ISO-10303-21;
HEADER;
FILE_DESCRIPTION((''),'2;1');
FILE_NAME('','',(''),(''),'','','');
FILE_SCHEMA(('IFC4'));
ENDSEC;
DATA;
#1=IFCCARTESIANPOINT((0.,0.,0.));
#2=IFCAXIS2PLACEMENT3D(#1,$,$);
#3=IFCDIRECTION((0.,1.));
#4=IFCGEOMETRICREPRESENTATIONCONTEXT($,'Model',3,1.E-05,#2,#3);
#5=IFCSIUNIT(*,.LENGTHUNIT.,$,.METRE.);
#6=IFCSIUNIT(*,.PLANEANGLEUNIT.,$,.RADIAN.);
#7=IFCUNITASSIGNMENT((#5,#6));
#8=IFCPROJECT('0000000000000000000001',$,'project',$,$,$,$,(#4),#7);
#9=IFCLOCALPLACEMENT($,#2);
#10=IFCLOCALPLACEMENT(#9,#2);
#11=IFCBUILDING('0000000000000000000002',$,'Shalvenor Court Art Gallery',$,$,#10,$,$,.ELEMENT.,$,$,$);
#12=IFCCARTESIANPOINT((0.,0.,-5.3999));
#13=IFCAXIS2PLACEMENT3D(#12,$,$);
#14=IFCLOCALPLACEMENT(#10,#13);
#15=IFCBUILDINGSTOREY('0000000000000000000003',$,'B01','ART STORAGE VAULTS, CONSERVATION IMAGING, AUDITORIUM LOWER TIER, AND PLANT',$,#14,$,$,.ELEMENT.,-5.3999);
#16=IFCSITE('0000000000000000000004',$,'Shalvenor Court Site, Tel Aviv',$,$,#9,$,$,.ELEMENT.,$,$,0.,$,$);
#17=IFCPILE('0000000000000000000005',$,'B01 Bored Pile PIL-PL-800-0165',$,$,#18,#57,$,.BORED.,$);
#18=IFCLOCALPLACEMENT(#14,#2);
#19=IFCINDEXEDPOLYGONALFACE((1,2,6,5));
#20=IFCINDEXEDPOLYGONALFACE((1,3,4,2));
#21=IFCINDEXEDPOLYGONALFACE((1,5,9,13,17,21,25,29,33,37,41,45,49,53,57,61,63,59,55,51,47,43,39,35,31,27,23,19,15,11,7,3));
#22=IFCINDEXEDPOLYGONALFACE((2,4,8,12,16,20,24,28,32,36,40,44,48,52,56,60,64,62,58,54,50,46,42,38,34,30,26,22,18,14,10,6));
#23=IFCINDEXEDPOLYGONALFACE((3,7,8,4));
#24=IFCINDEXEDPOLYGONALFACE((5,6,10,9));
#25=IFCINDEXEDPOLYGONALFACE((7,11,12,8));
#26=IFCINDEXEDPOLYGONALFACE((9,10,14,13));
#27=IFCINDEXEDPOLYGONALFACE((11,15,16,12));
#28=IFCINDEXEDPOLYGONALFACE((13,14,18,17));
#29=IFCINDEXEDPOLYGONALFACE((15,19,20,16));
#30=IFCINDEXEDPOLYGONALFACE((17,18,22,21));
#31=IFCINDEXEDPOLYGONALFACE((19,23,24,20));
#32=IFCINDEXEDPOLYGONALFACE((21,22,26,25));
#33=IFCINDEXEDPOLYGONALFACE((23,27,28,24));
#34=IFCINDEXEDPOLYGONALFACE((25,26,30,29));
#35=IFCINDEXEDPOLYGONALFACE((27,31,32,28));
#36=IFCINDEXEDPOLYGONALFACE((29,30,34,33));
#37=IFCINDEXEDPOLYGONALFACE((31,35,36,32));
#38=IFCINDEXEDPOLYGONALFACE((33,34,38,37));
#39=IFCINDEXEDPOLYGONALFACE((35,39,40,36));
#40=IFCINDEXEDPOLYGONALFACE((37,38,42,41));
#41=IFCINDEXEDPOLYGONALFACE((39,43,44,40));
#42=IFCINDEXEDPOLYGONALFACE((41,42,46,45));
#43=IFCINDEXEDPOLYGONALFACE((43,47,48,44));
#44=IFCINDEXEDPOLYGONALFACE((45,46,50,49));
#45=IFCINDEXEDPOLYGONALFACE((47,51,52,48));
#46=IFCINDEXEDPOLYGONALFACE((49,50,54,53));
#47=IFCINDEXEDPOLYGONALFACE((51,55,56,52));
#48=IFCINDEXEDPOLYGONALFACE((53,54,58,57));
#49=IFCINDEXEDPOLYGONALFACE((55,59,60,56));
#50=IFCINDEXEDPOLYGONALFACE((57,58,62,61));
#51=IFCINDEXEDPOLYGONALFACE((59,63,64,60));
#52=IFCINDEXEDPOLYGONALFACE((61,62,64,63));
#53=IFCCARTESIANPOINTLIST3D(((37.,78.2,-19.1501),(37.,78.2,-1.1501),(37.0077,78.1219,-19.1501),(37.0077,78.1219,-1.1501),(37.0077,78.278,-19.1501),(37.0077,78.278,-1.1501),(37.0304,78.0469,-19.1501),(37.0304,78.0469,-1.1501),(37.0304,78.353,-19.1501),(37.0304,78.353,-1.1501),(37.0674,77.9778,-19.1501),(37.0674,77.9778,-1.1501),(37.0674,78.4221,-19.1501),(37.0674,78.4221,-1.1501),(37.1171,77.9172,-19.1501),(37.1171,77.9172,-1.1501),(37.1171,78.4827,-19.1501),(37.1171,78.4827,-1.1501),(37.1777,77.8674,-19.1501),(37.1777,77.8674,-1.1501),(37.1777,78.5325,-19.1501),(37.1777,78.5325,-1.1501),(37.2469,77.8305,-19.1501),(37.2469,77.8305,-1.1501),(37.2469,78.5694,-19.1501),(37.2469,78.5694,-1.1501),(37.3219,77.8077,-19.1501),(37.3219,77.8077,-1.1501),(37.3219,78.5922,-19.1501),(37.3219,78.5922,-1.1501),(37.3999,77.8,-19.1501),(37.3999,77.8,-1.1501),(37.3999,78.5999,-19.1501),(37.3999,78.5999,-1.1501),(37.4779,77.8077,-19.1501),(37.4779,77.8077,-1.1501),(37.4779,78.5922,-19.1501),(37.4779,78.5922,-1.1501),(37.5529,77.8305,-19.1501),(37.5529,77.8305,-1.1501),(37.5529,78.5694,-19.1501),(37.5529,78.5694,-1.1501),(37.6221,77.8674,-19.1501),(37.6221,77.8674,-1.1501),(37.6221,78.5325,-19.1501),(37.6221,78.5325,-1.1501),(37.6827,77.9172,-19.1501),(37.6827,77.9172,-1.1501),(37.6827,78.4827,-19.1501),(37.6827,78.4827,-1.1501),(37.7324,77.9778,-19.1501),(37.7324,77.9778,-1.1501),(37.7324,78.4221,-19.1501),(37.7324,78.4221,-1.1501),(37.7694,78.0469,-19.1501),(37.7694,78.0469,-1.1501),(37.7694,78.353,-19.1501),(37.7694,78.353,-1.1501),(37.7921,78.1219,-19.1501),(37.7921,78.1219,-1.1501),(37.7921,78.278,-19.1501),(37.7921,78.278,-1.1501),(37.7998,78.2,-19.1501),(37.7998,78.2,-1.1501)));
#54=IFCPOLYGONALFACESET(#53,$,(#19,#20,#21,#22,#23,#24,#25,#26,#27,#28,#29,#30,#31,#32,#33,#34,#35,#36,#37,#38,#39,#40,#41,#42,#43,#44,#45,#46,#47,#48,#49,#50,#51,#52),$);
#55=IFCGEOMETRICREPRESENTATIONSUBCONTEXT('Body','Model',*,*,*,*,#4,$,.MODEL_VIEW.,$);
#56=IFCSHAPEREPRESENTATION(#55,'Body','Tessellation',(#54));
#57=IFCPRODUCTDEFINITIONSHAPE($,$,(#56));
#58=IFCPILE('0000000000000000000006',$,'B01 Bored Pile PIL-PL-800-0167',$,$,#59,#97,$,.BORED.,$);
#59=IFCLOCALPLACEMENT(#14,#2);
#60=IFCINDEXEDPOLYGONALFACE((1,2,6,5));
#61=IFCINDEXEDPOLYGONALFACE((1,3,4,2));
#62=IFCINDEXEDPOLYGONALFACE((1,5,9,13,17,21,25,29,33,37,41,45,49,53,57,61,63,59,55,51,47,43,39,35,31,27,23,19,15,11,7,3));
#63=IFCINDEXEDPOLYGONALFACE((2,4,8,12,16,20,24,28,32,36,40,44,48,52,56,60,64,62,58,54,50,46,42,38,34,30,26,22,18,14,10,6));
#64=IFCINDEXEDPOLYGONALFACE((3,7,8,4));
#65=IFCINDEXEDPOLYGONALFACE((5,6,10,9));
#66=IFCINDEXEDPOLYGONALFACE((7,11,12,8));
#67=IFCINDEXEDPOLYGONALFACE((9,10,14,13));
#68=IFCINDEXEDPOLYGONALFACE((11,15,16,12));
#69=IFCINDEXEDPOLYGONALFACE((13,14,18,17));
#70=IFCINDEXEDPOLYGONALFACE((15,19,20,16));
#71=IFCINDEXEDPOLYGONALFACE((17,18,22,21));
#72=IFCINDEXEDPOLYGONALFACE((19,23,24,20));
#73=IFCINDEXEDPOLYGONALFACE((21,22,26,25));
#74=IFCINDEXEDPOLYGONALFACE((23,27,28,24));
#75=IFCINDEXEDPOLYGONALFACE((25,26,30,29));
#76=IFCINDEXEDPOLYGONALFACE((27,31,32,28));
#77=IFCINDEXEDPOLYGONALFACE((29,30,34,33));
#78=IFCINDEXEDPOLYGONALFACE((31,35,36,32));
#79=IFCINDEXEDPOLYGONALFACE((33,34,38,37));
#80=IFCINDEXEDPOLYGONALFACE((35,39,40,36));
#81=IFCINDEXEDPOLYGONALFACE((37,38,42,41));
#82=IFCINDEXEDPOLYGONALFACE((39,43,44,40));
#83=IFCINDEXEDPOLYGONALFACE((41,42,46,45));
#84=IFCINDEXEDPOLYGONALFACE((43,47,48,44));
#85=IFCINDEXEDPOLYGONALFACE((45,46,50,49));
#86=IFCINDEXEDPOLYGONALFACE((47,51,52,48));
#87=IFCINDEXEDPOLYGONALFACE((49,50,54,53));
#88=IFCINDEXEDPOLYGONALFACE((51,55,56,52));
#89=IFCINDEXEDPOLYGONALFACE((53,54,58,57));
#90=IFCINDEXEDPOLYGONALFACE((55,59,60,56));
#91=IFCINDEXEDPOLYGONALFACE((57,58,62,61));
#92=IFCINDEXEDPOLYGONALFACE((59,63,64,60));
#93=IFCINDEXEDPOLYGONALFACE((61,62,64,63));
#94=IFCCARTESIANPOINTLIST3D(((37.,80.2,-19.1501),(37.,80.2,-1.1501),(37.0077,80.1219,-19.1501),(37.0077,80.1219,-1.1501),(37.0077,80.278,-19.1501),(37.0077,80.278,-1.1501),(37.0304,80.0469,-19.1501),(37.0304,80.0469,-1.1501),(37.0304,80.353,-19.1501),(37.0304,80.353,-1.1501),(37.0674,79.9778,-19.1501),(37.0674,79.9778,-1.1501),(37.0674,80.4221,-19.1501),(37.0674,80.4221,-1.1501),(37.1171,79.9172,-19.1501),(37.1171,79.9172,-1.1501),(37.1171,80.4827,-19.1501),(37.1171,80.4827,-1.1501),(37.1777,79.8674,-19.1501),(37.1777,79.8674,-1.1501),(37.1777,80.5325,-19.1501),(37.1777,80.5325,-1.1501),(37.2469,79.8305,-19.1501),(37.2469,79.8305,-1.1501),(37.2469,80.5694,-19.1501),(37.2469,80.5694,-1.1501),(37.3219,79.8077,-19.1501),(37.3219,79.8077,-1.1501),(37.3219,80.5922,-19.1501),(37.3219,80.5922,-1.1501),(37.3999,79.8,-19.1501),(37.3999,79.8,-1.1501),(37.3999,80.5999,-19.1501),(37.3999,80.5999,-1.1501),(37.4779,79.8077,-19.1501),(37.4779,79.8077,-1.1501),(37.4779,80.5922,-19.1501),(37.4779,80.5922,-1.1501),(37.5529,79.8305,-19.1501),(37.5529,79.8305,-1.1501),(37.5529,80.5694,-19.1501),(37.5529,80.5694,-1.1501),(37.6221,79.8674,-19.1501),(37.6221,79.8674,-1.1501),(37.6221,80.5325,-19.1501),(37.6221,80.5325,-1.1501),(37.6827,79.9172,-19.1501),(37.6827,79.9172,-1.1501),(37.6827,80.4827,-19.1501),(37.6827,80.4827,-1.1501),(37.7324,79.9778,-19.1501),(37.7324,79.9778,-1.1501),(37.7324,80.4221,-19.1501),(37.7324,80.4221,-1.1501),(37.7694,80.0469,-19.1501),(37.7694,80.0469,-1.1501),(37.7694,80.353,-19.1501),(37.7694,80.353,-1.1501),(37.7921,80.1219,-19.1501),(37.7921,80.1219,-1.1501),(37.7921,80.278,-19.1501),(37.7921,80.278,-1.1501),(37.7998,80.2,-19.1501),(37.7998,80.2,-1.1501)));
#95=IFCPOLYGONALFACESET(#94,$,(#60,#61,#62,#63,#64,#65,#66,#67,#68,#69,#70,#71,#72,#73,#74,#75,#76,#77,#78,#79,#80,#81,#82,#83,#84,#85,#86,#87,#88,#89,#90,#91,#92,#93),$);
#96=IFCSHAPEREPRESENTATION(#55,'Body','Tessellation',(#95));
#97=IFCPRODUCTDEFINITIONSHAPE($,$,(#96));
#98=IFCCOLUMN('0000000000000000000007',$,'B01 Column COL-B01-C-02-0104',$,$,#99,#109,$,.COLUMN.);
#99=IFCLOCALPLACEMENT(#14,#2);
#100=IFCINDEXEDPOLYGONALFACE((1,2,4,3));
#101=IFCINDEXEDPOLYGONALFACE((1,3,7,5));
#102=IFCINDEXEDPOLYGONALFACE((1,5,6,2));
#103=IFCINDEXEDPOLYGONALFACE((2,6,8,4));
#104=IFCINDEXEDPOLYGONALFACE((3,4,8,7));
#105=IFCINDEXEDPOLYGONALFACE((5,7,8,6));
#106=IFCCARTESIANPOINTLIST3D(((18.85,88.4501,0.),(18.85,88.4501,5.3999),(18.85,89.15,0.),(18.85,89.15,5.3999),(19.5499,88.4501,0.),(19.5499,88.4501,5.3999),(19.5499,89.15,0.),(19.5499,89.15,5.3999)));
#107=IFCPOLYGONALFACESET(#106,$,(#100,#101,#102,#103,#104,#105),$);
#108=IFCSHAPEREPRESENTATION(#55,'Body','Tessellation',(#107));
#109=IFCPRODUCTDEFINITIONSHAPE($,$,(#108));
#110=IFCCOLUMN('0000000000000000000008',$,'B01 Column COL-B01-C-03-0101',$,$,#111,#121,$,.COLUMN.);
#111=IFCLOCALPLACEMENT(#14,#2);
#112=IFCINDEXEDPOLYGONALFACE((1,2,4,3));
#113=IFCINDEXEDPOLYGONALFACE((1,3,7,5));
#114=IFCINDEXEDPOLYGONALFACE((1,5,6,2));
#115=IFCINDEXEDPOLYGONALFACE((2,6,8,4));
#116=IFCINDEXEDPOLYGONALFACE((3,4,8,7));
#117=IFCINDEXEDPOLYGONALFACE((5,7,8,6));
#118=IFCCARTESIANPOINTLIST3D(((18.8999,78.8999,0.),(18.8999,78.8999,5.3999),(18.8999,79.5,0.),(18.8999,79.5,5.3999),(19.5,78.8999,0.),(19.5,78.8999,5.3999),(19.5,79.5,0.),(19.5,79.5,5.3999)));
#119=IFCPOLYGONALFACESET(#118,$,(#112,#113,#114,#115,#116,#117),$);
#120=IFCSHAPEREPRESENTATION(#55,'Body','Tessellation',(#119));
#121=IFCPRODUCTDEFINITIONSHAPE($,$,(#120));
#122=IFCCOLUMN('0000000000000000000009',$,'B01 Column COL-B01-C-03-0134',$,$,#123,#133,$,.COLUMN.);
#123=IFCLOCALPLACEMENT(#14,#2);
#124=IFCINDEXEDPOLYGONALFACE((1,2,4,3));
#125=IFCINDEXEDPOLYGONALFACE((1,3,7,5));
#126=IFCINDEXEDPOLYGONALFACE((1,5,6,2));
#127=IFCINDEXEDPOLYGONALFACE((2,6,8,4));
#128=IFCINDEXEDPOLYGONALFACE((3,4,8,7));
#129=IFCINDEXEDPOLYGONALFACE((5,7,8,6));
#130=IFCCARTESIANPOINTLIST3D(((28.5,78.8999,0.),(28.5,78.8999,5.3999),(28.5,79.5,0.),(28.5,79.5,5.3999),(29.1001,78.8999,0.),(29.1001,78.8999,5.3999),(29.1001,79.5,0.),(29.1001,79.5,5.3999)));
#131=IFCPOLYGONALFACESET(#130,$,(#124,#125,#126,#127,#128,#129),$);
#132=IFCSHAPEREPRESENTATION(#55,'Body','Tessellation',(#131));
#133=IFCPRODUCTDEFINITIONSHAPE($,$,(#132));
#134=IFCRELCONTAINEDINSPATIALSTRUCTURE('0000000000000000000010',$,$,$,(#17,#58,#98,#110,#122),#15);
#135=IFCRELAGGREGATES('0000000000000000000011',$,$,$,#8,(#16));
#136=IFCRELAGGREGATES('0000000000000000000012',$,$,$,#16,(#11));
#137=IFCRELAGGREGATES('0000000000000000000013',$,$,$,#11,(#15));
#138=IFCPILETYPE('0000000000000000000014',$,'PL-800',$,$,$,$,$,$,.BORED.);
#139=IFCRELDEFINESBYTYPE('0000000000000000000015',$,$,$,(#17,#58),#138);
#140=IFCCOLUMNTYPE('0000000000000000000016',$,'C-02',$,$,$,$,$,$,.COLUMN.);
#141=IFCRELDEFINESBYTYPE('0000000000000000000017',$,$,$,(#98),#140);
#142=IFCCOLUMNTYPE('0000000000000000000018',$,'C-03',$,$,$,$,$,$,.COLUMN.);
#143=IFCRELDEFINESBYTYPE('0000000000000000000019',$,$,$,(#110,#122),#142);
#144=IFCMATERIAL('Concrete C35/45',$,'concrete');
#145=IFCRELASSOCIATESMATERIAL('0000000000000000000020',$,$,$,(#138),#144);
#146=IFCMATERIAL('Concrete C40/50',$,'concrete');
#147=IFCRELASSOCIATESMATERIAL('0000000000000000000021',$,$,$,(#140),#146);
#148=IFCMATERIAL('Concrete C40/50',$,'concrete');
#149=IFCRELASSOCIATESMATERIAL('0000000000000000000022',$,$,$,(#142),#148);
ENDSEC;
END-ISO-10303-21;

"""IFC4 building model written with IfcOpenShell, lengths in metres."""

from ifc_helpers import new_model, si_unit, direction, frame, origin, origin_2d, place, context, subcontext, project, spatial, rectangle, circle, extrude, material, material_profile, profile_set, type_object, element, save


model = new_model("IFC4")

# Units and contexts
model_context = context("Model", 3, precision=1e-05, world=origin(), true_north=direction((0.0, 1.0)))
body_context = subcontext(model_context, "Body", "Model", "MODEL_VIEW")
ifc_project = project(units=[si_unit("LENGTHUNIT", "METRE"), si_unit("PLANEANGLEUNIT", "RADIAN")], contexts=[model_context])

# Site, building, storey
site_placement = place(None, origin())
site = spatial("IfcSite", under=ifc_project, at=site_placement, Name="Shalvenor Court Site, Tel Aviv", CompositionType="ELEMENT", RefElevation=0.0)
building_placement = place(site_placement, origin())
building = spatial("IfcBuilding", under=site, at=building_placement, Name="Shalvenor Court Art Gallery", CompositionType="ELEMENT")
storey_placement = place(building_placement, frame((0.0, 0.0, -5.3999)))
storey = spatial("IfcBuildingStorey", under=building, at=storey_placement, Name="B01", Description="ART STORAGE VAULTS, CONSERVATION IMAGING, AUDITORIUM LOWER TIER, AND PLANT", CompositionType="ELEMENT", Elevation=-5.3999)

# Piles
ifc_material_1 = material(Name="Concrete C35/45", Category="concrete")
ifc_material_profile_1 = material_profile(ifc_material_1, circle(Radius=0.3999, at=origin_2d()), Name="PILE 800")
ifc_profile_set_1 = profile_set([ifc_material_profile_1], Name="Concrete C35/45")
pile_type_1 = type_object("IfcPileType", Name="PL-800", PredefinedType="BORED", material=ifc_profile_set_1)
for number, where, z_axis, x_axis, name in (
    (1, (37.3999, 78.2, -1.1501), (0.0, 0.0, -1.0), (1.0, 0.0, 0.0), "B01 Bored Pile PIL-PL-800-0165"),
    (2, (37.3999, 80.2, -1.1501), (0.0, 0.0, -1.0), (1.0, 0.0, 0.0), "B01 Bored Pile PIL-PL-800-0167"),
):
    element("IfcPile", number, at=place(storey_placement, frame(where, z_axis=z_axis, x_axis=x_axis)), inside=storey, type_object=pile_type_1, Name=name, PredefinedType="BORED", context=body_context, shape_type="SweptSolid", body=[
        extrude(circle(Radius=0.3999, at=origin_2d()), origin(), (0.0, 0.0, 1.0), 18.0),
    ])

# Columns
ifc_material_2 = material(Name="Concrete C40/50", Category="concrete")
ifc_material_profile_2 = material_profile(ifc_material_2, rectangle(XDim=0.7, YDim=0.7, at=origin_2d()), Name="RC 700x700")
ifc_profile_set_2 = profile_set([ifc_material_profile_2], Name="Concrete C40/50")
column_type_1 = type_object("IfcColumnType", Name="C-02", PredefinedType="COLUMN", material=ifc_profile_set_2)
column_placement = place(storey_placement, frame((19.2, 88.8, 0.0), z_axis=(0.0, 0.0, 1.0), x_axis=(1.0, 0.0, 0.0)))
element("IfcColumn", 3, at=column_placement, inside=storey, type_object=column_type_1, Name="B01 Column COL-B01-C-02-0104", PredefinedType="COLUMN", context=body_context, shape_type="SweptSolid", body=[
    extrude(rectangle(XDim=0.7, YDim=0.7, at=origin_2d()), origin(), (0.0, 0.0, 1.0), 5.3999),
])
ifc_material_3 = material(Name="Concrete C40/50", Category="concrete")
ifc_material_profile_3 = material_profile(ifc_material_3, rectangle(XDim=0.6001, YDim=0.6001, at=origin_2d()), Name="RC 600x600")
ifc_profile_set_3 = profile_set([ifc_material_profile_3], Name="Concrete C40/50")
column_type_2 = type_object("IfcColumnType", Name="C-03", PredefinedType="COLUMN", material=ifc_profile_set_3)
for number, where, z_axis, x_axis, name in (
    (4, (19.2, 79.2, 0.0), (0.0, 0.0, 1.0), (1.0, 0.0, 0.0), "B01 Column COL-B01-C-03-0101"),
    (5, (28.8, 79.2, 0.0), (0.0, 0.0, 1.0), (1.0, 0.0, 0.0), "B01 Column COL-B01-C-03-0134"),
):
    element("IfcColumn", number, at=place(storey_placement, frame(where, z_axis=z_axis, x_axis=x_axis)), inside=storey, type_object=column_type_2, Name=name, PredefinedType="COLUMN", context=body_context, shape_type="SweptSolid", body=[
        extrude(rectangle(XDim=0.6001, YDim=0.6001, at=origin_2d()), origin(), (0.0, 0.0, 1.0), 5.3999),
    ])

save(model, "model.ifc")
